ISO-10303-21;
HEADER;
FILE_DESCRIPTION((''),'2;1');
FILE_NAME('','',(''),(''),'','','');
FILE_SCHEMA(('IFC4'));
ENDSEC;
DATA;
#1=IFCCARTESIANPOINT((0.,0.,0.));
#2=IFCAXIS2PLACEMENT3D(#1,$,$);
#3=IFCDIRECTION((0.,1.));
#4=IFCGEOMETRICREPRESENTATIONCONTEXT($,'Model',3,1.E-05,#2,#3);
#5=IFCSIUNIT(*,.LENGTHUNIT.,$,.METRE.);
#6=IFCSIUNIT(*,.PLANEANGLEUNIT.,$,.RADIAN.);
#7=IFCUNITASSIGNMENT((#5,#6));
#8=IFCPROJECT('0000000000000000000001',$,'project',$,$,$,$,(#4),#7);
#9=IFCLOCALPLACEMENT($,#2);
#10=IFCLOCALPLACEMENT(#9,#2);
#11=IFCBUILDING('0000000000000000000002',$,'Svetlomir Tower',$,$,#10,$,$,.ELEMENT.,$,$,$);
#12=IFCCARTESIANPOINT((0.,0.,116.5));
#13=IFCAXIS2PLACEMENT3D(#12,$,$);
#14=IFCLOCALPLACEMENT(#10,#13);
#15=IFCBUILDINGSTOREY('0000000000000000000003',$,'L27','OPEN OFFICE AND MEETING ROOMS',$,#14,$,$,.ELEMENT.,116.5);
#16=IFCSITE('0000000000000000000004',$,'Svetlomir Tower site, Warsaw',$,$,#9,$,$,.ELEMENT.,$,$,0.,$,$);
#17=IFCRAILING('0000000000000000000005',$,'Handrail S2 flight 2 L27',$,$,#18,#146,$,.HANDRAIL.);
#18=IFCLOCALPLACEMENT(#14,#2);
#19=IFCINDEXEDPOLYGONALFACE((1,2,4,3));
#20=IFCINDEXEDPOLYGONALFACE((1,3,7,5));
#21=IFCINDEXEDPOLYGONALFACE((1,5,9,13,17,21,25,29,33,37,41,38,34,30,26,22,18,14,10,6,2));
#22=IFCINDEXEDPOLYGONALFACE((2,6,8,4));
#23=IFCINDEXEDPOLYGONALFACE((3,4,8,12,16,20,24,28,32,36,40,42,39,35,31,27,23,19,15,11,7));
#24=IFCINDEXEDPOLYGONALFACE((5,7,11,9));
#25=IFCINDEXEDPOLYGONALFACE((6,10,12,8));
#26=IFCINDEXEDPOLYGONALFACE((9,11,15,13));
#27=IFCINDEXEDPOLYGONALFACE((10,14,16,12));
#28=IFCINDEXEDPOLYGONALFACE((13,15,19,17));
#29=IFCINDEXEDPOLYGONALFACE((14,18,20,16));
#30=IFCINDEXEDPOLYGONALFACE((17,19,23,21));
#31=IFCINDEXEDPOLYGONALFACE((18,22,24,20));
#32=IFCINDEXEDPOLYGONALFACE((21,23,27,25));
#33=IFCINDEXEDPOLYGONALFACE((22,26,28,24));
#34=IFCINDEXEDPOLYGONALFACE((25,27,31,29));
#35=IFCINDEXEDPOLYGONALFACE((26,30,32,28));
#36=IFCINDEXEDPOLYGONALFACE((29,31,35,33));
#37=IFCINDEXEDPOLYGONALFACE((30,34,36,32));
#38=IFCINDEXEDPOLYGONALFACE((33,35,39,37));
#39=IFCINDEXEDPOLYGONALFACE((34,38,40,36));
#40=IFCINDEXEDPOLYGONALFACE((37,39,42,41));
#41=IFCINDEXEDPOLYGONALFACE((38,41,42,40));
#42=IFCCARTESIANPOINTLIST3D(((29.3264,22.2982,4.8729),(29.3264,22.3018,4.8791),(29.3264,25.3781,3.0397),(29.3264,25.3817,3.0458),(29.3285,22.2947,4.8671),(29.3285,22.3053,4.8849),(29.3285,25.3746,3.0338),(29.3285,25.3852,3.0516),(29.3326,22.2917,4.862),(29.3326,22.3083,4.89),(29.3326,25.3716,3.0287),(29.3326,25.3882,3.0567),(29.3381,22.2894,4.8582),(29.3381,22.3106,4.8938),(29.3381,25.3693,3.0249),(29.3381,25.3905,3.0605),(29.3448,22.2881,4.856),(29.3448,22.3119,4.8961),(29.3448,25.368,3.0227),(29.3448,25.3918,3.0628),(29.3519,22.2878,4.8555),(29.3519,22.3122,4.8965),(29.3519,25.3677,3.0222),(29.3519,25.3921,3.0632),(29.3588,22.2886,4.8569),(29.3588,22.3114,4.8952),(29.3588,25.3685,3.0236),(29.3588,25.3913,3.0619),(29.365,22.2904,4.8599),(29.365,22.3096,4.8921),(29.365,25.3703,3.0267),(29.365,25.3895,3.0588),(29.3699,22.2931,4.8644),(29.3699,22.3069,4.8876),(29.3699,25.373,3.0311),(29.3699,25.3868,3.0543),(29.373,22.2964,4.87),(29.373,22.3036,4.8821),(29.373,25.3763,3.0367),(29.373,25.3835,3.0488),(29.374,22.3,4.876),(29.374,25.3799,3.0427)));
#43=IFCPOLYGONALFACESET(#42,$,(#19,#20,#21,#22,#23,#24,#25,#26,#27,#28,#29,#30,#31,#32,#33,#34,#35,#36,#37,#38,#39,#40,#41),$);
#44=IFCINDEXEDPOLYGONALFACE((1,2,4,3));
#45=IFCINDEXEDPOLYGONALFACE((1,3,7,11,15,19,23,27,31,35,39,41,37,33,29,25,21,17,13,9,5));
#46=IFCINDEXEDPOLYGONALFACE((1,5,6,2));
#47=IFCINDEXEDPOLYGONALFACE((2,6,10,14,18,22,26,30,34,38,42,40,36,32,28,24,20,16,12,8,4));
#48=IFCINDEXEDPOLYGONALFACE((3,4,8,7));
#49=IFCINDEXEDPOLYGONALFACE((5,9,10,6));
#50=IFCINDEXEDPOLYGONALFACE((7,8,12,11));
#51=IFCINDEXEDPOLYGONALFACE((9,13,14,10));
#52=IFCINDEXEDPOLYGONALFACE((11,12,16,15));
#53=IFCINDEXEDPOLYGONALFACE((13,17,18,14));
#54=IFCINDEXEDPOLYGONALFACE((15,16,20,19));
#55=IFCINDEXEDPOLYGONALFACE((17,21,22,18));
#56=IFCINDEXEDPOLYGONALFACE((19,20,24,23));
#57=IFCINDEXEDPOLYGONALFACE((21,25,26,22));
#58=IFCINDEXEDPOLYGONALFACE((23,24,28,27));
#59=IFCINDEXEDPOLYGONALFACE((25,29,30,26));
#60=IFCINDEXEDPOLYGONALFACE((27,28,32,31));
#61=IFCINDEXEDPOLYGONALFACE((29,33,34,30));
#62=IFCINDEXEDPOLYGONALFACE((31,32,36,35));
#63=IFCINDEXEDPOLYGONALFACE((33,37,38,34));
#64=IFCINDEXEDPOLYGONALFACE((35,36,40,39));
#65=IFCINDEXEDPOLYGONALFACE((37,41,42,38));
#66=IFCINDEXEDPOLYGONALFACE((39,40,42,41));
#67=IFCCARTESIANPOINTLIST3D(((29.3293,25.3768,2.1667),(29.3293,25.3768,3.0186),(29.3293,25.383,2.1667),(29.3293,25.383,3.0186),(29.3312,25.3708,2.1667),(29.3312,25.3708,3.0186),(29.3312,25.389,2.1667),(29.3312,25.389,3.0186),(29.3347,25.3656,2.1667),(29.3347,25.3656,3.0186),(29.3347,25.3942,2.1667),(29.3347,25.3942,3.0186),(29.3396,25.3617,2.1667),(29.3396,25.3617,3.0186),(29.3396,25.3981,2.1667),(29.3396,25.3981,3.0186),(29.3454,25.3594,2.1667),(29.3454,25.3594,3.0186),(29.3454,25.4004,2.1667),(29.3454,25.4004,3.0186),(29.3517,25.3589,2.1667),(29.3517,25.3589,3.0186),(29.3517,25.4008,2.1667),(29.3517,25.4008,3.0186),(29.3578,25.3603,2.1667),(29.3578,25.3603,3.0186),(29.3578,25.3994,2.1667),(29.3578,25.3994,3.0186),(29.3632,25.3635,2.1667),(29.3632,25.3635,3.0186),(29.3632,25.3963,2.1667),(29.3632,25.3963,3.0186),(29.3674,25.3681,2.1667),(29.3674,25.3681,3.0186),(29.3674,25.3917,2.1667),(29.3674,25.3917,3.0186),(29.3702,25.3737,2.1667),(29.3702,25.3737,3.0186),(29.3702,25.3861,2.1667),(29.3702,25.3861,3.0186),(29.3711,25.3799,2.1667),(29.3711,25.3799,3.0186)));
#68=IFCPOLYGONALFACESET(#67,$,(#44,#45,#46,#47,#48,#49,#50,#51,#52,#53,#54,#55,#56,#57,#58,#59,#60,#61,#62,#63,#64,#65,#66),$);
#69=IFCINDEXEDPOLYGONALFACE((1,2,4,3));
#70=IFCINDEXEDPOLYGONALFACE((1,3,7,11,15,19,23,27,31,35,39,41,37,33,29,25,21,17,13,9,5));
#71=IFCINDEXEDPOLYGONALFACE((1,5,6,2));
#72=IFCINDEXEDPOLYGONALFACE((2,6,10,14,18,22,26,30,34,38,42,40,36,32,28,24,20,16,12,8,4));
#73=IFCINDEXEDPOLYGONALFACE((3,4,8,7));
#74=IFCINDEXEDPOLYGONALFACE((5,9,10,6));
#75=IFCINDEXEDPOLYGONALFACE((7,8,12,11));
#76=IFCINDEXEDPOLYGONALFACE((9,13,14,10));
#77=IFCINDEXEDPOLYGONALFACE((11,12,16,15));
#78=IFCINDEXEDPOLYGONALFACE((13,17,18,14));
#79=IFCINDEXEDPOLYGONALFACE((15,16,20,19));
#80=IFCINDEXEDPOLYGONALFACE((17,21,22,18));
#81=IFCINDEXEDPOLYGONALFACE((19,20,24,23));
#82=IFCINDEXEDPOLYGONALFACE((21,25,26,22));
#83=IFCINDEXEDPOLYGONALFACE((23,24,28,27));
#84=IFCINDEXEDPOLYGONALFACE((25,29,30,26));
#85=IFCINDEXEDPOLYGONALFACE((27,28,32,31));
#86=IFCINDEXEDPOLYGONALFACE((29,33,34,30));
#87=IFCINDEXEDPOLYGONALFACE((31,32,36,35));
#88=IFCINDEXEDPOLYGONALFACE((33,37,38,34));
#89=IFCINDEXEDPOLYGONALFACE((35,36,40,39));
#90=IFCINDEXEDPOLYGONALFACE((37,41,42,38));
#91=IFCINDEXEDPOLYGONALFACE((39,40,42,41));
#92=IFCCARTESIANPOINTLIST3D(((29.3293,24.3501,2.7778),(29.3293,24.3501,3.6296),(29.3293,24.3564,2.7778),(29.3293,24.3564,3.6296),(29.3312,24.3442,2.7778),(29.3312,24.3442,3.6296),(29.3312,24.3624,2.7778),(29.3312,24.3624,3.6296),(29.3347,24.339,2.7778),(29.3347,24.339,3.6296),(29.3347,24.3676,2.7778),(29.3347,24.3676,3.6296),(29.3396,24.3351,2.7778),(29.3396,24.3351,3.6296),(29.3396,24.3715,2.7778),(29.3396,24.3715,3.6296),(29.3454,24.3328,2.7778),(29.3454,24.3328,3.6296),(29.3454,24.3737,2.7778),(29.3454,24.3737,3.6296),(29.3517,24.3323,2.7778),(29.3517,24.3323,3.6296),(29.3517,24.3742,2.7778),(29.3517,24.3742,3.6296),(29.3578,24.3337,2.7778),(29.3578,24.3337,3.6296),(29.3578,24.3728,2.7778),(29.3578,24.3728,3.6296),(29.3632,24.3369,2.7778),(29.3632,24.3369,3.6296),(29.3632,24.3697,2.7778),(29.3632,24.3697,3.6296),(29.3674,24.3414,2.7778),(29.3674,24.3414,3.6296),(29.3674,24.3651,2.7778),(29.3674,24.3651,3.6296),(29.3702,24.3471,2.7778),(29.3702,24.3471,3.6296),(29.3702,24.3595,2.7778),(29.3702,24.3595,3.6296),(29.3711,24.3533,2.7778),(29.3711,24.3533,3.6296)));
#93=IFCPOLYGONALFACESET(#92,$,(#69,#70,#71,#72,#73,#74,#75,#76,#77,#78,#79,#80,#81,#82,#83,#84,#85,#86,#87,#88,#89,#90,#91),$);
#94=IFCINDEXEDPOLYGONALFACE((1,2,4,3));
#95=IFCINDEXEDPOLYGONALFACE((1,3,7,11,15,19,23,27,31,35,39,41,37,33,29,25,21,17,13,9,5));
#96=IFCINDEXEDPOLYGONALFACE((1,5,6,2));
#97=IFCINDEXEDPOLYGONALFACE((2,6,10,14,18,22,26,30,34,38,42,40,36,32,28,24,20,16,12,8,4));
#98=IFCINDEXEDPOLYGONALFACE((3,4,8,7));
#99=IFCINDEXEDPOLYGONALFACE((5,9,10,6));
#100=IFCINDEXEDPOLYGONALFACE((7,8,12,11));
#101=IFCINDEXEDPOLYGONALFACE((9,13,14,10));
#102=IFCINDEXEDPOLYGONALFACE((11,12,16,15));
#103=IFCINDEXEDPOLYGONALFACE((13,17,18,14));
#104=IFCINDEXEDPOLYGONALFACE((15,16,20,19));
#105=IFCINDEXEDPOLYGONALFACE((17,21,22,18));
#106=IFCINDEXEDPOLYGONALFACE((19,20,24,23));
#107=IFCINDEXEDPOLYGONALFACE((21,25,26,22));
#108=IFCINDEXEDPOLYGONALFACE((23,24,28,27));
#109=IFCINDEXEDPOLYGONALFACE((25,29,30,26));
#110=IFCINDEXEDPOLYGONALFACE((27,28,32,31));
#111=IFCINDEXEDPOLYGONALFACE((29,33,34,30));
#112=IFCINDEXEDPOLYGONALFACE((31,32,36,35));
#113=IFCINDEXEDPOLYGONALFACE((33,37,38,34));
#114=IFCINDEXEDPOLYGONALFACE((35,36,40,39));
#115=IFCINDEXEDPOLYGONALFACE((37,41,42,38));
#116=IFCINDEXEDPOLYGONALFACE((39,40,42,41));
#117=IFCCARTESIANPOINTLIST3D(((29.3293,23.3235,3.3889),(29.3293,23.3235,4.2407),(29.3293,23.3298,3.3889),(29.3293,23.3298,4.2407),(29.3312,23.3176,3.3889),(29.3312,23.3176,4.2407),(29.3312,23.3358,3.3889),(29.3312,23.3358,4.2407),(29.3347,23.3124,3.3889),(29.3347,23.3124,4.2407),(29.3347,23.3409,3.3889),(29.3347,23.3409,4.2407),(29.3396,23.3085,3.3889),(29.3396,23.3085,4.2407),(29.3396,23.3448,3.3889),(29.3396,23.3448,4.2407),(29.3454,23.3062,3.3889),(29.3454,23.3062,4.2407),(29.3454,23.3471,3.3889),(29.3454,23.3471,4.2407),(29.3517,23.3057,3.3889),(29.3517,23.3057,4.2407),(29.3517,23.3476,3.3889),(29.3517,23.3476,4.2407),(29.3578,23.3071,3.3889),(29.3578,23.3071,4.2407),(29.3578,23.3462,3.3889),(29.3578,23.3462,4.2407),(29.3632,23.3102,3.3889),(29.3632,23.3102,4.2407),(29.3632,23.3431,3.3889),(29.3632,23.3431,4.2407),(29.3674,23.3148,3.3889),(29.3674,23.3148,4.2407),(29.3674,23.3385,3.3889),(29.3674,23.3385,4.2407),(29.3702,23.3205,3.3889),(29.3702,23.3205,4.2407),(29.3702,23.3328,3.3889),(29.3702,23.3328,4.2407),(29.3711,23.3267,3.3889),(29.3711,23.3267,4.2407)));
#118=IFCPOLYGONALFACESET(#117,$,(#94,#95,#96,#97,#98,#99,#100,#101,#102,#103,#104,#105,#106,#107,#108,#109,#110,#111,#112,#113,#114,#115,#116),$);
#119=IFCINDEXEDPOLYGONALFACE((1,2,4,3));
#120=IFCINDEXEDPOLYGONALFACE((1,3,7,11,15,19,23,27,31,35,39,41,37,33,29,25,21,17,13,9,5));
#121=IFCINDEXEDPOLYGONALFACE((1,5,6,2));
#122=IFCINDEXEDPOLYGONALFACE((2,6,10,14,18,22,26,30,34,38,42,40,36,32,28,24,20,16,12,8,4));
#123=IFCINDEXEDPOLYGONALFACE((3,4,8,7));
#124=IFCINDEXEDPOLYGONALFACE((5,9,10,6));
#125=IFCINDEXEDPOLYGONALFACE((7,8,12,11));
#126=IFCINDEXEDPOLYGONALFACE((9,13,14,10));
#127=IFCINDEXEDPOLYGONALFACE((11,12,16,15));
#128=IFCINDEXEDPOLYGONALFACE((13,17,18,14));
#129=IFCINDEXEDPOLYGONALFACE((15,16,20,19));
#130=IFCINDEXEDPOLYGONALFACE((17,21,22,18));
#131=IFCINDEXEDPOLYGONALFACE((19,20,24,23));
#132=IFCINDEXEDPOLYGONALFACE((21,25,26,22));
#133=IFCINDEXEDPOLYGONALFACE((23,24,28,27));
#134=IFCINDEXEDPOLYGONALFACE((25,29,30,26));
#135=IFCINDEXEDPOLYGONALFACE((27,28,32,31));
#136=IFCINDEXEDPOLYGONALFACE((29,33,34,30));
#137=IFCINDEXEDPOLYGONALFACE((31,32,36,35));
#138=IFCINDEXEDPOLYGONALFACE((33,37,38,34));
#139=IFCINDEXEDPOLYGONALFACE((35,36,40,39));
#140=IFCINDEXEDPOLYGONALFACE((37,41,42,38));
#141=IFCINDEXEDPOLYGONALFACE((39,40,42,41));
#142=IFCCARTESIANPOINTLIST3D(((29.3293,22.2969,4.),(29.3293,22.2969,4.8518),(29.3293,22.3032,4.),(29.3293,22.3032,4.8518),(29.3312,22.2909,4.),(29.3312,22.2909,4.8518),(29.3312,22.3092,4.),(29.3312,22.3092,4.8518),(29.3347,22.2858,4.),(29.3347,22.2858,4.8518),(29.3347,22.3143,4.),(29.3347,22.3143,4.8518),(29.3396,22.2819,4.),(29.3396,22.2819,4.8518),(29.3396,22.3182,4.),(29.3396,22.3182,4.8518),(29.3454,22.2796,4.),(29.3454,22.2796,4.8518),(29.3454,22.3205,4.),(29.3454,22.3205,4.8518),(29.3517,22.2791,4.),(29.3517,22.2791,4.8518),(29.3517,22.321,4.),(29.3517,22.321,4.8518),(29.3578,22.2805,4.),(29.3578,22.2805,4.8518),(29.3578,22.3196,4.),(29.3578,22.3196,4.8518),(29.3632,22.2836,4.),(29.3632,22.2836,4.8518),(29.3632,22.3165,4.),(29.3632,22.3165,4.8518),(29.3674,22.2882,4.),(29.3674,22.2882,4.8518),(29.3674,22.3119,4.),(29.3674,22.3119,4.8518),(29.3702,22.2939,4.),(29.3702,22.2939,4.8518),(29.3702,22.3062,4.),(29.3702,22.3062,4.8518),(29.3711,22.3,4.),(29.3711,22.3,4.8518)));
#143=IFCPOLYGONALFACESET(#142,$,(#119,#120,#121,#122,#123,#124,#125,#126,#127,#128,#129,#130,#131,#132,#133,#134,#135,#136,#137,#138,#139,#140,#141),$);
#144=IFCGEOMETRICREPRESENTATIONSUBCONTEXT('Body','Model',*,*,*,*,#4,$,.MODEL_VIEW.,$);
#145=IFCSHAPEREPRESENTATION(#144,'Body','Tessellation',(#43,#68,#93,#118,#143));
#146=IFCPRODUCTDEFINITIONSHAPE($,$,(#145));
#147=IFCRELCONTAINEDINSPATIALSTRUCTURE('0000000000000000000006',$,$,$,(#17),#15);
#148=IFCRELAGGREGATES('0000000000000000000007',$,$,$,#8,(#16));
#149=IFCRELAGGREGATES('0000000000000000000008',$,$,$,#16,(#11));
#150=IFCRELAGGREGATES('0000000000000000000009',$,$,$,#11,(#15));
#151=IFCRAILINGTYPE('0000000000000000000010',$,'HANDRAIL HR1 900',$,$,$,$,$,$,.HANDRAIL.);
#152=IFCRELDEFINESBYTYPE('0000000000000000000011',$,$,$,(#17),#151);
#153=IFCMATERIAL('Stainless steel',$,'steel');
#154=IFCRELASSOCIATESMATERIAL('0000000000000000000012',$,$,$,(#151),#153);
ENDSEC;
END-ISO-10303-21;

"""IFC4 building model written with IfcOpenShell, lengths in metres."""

from ifc_helpers import new_model, si_unit, direction, frame, origin, origin_2d, place, context, subcontext, project, spatial, circle, extrude, material, type_object, element, save


model = new_model("IFC4")

# Units and contexts
model_context = context("Model", 3, precision=1e-05, world=origin(), true_north=direction((0.0, 1.0)))
body_context = subcontext(model_context, "Body", "Model", "MODEL_VIEW")
ifc_project = project(units=[si_unit("LENGTHUNIT", "METRE"), si_unit("PLANEANGLEUNIT", "RADIAN")], contexts=[model_context])

# Site, building, storey
site_placement = place(None, origin())
site = spatial("IfcSite", under=ifc_project, at=site_placement, Name="Svetlomir Tower site, Warsaw", CompositionType="ELEMENT", RefElevation=0.0)
building_placement = place(site_placement, origin())
building = spatial("IfcBuilding", under=site, at=building_placement, Name="Svetlomir Tower", CompositionType="ELEMENT")
storey_placement = place(building_placement, frame((0.0, 0.0, 116.5)))
storey = spatial("IfcBuildingStorey", under=building, at=storey_placement, Name="L27", Description="OPEN OFFICE AND MEETING ROOMS", CompositionType="ELEMENT", Elevation=116.5)

# Railing
ifc_material_1 = material(Name="Stainless steel", Category="steel")
railing_type = type_object("IfcRailingType", Name="HANDRAIL HR1 900", PredefinedType="HANDRAIL", material=ifc_material_1)
railing_1_placement = place(storey_placement, frame((29.3501, 25.3799, 2.1667)))
element("IfcRailing", 1, at=railing_1_placement, inside=storey, type_object=railing_type, Name="Handrail S2 flight 2 L27", PredefinedType="HANDRAIL", context=body_context, shape_type="SweptSolid", body=[
    extrude(circle(Radius=0.0239, at=origin_2d()), frame((0.0, 0.0, 0.876), z_axis=(0.0, -0.859291, 0.511487), x_axis=(1.0, 0.0, 0.0)), (0.0, 0.0, 1.0), 3.5842),
    extrude(circle(Radius=0.021, at=origin_2d()), origin(), (0.0, 0.0, 1.0), 0.8518),
    extrude(circle(Radius=0.021, at=origin_2d()), frame((0.0, -1.0266, 0.6111)), (0.0, 0.0, 1.0), 0.8518),
    extrude(circle(Radius=0.021, at=origin_2d()), frame((0.0, -2.0532, 1.2222)), (0.0, 0.0, 1.0), 0.8518),
    extrude(circle(Radius=0.021, at=origin_2d()), frame((0.0, -3.0798, 1.8333)), (0.0, 0.0, 1.0), 0.8518),
])

save(model, "model.ifc")
